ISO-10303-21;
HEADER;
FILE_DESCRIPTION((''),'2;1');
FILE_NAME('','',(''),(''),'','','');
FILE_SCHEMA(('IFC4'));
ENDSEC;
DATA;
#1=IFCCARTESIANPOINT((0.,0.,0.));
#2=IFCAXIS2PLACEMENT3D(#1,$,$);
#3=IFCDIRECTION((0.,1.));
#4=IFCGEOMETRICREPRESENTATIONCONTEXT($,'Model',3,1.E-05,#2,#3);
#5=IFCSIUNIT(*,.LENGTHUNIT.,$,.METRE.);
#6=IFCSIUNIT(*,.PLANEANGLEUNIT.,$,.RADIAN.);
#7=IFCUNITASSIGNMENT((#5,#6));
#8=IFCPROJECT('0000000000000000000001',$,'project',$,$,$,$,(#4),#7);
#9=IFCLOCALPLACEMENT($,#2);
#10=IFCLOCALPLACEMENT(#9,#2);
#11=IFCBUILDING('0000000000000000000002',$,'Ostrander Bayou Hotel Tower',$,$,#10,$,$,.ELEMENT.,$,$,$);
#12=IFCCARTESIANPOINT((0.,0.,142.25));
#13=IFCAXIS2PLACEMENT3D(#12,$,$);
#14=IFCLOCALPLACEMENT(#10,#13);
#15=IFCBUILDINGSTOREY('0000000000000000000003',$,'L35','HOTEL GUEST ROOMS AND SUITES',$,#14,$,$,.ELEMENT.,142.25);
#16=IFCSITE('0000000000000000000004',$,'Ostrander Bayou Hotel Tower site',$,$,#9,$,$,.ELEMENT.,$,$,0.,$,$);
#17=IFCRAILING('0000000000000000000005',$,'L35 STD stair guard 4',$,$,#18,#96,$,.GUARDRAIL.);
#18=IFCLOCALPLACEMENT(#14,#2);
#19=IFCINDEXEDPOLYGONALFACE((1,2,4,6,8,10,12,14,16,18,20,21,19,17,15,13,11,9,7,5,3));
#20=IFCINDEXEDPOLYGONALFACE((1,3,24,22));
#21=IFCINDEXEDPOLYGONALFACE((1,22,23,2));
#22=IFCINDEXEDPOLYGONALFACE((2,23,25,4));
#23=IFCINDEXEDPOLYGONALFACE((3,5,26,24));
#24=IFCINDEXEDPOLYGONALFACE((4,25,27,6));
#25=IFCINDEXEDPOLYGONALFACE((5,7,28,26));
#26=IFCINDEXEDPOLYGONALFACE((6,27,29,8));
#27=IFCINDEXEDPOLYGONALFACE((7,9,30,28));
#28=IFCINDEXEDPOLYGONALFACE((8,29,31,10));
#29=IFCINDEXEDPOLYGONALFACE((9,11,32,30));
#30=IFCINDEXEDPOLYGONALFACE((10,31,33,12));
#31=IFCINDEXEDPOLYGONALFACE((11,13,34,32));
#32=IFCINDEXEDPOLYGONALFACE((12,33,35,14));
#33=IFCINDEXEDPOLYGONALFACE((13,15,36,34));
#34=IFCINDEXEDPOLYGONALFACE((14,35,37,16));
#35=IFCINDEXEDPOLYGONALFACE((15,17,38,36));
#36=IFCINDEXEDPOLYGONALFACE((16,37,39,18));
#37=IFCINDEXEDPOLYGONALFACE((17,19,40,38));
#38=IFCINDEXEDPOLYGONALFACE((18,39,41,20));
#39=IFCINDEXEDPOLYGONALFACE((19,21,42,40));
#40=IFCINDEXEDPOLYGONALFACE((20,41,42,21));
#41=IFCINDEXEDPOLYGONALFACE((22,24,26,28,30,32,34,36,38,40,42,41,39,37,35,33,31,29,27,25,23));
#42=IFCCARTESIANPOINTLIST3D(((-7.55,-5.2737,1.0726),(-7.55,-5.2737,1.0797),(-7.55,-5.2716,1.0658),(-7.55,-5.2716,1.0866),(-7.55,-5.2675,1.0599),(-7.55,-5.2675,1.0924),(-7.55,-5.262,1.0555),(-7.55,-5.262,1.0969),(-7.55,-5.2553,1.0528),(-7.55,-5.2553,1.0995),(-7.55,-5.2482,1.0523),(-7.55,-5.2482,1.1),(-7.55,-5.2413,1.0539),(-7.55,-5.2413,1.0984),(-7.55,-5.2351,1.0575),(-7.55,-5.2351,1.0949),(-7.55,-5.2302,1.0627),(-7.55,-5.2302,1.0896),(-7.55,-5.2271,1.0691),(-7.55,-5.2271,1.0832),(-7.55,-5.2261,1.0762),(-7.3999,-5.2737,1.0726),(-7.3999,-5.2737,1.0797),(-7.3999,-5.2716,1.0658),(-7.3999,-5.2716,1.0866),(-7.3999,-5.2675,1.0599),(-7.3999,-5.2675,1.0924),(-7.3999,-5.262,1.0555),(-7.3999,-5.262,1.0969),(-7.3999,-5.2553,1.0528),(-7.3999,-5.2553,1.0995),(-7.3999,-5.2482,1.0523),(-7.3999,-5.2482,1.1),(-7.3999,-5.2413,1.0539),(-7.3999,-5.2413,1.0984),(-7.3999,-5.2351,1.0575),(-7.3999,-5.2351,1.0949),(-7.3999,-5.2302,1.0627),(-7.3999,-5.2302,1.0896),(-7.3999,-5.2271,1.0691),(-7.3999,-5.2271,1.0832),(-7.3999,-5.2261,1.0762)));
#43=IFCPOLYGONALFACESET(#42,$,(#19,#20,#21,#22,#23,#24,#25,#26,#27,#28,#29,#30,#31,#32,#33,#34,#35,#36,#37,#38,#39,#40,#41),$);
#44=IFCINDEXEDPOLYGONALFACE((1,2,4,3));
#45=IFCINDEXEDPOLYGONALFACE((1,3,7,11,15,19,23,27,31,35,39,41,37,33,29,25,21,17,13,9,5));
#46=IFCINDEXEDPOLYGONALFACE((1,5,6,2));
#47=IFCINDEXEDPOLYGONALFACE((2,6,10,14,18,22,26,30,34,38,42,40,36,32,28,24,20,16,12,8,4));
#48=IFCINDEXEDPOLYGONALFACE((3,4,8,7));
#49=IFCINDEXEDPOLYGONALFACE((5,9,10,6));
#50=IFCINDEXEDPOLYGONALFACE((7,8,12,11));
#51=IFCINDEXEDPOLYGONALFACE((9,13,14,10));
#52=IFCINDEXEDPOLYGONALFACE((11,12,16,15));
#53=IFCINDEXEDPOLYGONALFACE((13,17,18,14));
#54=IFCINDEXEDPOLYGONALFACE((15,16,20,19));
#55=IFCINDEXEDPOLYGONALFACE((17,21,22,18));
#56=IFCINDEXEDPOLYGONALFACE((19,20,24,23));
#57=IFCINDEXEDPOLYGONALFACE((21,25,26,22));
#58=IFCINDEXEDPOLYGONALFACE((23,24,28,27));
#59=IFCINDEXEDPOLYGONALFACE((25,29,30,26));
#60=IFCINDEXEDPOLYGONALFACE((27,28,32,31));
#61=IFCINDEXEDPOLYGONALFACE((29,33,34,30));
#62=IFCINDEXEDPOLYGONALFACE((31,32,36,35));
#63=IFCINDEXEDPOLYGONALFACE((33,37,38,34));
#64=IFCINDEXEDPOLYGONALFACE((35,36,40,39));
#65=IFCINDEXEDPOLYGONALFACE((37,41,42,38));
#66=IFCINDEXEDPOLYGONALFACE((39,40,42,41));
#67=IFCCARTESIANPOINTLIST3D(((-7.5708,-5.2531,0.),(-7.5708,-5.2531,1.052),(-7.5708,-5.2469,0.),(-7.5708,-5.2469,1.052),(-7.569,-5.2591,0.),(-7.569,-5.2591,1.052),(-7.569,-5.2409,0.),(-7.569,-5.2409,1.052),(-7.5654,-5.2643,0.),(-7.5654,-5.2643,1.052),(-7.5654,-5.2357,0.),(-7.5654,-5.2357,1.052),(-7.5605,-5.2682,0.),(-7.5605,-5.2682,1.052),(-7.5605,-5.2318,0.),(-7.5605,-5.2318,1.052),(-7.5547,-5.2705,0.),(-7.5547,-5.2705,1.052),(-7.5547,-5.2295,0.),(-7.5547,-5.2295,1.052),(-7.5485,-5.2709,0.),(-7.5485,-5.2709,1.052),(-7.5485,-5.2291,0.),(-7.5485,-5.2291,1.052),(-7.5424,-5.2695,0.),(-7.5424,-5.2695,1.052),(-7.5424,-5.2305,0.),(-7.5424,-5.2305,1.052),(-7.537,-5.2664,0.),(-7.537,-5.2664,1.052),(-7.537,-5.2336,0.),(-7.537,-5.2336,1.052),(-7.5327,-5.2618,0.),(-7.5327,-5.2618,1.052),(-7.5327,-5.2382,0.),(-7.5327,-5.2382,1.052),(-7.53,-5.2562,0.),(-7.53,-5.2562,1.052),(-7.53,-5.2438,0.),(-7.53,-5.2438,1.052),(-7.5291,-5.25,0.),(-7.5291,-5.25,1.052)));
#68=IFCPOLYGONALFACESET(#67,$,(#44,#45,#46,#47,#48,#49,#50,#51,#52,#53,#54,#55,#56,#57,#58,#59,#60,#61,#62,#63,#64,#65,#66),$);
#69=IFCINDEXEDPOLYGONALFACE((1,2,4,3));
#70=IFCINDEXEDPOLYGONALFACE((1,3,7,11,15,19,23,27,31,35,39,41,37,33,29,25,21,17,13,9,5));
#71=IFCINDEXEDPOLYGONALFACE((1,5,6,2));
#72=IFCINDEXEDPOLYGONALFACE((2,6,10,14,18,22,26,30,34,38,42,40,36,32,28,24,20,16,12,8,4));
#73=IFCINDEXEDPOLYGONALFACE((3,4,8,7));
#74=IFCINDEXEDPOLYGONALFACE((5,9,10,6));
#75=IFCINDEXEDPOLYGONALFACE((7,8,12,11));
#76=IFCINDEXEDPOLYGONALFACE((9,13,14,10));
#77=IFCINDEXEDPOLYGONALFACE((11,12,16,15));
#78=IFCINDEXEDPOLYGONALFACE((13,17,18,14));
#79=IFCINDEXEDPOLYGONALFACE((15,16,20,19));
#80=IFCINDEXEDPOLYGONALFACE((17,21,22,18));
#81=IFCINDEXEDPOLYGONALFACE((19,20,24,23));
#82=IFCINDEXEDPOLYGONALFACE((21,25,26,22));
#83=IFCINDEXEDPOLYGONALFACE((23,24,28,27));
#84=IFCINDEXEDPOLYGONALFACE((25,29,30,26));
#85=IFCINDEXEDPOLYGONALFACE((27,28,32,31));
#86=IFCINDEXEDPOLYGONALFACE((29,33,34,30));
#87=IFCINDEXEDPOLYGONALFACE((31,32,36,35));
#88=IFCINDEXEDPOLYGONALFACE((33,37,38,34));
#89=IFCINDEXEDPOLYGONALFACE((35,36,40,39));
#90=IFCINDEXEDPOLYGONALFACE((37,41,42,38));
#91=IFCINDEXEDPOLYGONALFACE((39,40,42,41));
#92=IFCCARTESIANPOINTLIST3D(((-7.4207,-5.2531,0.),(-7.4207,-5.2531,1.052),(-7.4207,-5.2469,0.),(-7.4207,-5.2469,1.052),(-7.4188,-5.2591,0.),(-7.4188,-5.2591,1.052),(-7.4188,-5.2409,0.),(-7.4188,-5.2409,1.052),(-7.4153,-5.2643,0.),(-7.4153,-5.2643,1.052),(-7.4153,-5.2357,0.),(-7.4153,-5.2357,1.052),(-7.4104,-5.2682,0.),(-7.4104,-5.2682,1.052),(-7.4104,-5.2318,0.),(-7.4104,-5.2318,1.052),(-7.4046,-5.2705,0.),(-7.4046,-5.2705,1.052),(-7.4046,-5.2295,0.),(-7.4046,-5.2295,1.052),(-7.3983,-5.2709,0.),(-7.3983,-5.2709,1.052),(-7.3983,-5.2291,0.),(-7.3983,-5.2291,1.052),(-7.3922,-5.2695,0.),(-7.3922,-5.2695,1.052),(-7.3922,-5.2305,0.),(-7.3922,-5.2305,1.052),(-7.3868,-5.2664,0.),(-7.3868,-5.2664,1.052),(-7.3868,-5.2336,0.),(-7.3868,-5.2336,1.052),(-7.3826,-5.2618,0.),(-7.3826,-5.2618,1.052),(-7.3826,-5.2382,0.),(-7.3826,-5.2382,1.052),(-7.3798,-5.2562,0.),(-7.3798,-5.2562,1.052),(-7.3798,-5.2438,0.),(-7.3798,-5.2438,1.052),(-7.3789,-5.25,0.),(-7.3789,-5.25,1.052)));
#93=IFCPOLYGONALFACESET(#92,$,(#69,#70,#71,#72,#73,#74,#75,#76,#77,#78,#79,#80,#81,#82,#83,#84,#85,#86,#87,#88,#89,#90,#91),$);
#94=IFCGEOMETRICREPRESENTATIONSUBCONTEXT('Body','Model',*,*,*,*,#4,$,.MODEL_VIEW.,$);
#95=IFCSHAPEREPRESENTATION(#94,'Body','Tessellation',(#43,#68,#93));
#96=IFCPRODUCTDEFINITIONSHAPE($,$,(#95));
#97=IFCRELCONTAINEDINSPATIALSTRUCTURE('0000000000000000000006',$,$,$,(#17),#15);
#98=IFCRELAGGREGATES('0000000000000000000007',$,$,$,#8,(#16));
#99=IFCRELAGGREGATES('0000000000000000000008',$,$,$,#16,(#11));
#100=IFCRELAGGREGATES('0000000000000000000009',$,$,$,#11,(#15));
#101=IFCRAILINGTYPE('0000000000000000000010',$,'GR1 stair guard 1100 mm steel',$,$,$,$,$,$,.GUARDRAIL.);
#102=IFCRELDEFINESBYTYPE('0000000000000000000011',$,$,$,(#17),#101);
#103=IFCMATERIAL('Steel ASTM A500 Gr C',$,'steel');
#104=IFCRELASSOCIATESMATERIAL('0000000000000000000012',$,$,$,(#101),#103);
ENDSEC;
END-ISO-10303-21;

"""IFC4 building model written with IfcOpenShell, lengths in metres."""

from ifc_helpers import new_model, si_unit, direction, frame, origin, origin_2d, place, context, subcontext, project, spatial, circle, extrude, material, type_object, element, save


model = new_model("IFC4")

# Units and contexts
model_context = context("Model", 3, precision=1e-05, world=origin(), true_north=direction((0.0, 1.0)))
body_context = subcontext(model_context, "Body", "Model", "MODEL_VIEW")
ifc_project = project(units=[si_unit("LENGTHUNIT", "METRE"), si_unit("PLANEANGLEUNIT", "RADIAN")], contexts=[model_context])

# Site, building, storey
site_placement = place(None, origin())
site = spatial("IfcSite", under=ifc_project, at=site_placement, Name="Ostrander Bayou Hotel Tower site", CompositionType="ELEMENT", RefElevation=0.0)
building_placement = place(site_placement, origin())
building = spatial("IfcBuilding", under=site, at=building_placement, Name="Ostrander Bayou Hotel Tower", CompositionType="ELEMENT")
storey_placement = place(building_placement, frame((0.0, 0.0, 142.25)))
storey = spatial("IfcBuildingStorey", under=building, at=storey_placement, Name="L35", Description="HOTEL GUEST ROOMS AND SUITES", CompositionType="ELEMENT", Elevation=142.25)

# Railing
ifc_material_1 = material(Name="Steel ASTM A500 Gr C", Category="steel")
railing_type_1 = type_object("IfcRailingType", Name="GR1 stair guard 1100 mm steel", PredefinedType="GUARDRAIL", material=ifc_material_1)
railing_1_placement = place(storey_placement, frame((-7.55, -5.25, 0.0)))
element("IfcRailing", 1, at=railing_1_placement, inside=storey, type_object=railing_type_1, Name="L35 STD stair guard 4", PredefinedType="GUARDRAIL", context=body_context, shape_type="SweptSolid", body=[
    extrude(circle(Radius=0.0239, at=origin_2d()), frame((0.0, 0.0, 1.0762), z_axis=(1.0, 0.0, 0.0), x_axis=(0.0, 1.0, 0.0)), (0.0, 0.0, 1.0), 0.1501),
    extrude(circle(Radius=0.021, at=origin_2d()), origin(), (0.0, 0.0, 1.0), 1.052),
    extrude(circle(Radius=0.021, at=origin_2d()), frame((0.1501, 0.0, 0.0)), (0.0, 0.0, 1.0), 1.052),
])

save(model, "model.ifc")
